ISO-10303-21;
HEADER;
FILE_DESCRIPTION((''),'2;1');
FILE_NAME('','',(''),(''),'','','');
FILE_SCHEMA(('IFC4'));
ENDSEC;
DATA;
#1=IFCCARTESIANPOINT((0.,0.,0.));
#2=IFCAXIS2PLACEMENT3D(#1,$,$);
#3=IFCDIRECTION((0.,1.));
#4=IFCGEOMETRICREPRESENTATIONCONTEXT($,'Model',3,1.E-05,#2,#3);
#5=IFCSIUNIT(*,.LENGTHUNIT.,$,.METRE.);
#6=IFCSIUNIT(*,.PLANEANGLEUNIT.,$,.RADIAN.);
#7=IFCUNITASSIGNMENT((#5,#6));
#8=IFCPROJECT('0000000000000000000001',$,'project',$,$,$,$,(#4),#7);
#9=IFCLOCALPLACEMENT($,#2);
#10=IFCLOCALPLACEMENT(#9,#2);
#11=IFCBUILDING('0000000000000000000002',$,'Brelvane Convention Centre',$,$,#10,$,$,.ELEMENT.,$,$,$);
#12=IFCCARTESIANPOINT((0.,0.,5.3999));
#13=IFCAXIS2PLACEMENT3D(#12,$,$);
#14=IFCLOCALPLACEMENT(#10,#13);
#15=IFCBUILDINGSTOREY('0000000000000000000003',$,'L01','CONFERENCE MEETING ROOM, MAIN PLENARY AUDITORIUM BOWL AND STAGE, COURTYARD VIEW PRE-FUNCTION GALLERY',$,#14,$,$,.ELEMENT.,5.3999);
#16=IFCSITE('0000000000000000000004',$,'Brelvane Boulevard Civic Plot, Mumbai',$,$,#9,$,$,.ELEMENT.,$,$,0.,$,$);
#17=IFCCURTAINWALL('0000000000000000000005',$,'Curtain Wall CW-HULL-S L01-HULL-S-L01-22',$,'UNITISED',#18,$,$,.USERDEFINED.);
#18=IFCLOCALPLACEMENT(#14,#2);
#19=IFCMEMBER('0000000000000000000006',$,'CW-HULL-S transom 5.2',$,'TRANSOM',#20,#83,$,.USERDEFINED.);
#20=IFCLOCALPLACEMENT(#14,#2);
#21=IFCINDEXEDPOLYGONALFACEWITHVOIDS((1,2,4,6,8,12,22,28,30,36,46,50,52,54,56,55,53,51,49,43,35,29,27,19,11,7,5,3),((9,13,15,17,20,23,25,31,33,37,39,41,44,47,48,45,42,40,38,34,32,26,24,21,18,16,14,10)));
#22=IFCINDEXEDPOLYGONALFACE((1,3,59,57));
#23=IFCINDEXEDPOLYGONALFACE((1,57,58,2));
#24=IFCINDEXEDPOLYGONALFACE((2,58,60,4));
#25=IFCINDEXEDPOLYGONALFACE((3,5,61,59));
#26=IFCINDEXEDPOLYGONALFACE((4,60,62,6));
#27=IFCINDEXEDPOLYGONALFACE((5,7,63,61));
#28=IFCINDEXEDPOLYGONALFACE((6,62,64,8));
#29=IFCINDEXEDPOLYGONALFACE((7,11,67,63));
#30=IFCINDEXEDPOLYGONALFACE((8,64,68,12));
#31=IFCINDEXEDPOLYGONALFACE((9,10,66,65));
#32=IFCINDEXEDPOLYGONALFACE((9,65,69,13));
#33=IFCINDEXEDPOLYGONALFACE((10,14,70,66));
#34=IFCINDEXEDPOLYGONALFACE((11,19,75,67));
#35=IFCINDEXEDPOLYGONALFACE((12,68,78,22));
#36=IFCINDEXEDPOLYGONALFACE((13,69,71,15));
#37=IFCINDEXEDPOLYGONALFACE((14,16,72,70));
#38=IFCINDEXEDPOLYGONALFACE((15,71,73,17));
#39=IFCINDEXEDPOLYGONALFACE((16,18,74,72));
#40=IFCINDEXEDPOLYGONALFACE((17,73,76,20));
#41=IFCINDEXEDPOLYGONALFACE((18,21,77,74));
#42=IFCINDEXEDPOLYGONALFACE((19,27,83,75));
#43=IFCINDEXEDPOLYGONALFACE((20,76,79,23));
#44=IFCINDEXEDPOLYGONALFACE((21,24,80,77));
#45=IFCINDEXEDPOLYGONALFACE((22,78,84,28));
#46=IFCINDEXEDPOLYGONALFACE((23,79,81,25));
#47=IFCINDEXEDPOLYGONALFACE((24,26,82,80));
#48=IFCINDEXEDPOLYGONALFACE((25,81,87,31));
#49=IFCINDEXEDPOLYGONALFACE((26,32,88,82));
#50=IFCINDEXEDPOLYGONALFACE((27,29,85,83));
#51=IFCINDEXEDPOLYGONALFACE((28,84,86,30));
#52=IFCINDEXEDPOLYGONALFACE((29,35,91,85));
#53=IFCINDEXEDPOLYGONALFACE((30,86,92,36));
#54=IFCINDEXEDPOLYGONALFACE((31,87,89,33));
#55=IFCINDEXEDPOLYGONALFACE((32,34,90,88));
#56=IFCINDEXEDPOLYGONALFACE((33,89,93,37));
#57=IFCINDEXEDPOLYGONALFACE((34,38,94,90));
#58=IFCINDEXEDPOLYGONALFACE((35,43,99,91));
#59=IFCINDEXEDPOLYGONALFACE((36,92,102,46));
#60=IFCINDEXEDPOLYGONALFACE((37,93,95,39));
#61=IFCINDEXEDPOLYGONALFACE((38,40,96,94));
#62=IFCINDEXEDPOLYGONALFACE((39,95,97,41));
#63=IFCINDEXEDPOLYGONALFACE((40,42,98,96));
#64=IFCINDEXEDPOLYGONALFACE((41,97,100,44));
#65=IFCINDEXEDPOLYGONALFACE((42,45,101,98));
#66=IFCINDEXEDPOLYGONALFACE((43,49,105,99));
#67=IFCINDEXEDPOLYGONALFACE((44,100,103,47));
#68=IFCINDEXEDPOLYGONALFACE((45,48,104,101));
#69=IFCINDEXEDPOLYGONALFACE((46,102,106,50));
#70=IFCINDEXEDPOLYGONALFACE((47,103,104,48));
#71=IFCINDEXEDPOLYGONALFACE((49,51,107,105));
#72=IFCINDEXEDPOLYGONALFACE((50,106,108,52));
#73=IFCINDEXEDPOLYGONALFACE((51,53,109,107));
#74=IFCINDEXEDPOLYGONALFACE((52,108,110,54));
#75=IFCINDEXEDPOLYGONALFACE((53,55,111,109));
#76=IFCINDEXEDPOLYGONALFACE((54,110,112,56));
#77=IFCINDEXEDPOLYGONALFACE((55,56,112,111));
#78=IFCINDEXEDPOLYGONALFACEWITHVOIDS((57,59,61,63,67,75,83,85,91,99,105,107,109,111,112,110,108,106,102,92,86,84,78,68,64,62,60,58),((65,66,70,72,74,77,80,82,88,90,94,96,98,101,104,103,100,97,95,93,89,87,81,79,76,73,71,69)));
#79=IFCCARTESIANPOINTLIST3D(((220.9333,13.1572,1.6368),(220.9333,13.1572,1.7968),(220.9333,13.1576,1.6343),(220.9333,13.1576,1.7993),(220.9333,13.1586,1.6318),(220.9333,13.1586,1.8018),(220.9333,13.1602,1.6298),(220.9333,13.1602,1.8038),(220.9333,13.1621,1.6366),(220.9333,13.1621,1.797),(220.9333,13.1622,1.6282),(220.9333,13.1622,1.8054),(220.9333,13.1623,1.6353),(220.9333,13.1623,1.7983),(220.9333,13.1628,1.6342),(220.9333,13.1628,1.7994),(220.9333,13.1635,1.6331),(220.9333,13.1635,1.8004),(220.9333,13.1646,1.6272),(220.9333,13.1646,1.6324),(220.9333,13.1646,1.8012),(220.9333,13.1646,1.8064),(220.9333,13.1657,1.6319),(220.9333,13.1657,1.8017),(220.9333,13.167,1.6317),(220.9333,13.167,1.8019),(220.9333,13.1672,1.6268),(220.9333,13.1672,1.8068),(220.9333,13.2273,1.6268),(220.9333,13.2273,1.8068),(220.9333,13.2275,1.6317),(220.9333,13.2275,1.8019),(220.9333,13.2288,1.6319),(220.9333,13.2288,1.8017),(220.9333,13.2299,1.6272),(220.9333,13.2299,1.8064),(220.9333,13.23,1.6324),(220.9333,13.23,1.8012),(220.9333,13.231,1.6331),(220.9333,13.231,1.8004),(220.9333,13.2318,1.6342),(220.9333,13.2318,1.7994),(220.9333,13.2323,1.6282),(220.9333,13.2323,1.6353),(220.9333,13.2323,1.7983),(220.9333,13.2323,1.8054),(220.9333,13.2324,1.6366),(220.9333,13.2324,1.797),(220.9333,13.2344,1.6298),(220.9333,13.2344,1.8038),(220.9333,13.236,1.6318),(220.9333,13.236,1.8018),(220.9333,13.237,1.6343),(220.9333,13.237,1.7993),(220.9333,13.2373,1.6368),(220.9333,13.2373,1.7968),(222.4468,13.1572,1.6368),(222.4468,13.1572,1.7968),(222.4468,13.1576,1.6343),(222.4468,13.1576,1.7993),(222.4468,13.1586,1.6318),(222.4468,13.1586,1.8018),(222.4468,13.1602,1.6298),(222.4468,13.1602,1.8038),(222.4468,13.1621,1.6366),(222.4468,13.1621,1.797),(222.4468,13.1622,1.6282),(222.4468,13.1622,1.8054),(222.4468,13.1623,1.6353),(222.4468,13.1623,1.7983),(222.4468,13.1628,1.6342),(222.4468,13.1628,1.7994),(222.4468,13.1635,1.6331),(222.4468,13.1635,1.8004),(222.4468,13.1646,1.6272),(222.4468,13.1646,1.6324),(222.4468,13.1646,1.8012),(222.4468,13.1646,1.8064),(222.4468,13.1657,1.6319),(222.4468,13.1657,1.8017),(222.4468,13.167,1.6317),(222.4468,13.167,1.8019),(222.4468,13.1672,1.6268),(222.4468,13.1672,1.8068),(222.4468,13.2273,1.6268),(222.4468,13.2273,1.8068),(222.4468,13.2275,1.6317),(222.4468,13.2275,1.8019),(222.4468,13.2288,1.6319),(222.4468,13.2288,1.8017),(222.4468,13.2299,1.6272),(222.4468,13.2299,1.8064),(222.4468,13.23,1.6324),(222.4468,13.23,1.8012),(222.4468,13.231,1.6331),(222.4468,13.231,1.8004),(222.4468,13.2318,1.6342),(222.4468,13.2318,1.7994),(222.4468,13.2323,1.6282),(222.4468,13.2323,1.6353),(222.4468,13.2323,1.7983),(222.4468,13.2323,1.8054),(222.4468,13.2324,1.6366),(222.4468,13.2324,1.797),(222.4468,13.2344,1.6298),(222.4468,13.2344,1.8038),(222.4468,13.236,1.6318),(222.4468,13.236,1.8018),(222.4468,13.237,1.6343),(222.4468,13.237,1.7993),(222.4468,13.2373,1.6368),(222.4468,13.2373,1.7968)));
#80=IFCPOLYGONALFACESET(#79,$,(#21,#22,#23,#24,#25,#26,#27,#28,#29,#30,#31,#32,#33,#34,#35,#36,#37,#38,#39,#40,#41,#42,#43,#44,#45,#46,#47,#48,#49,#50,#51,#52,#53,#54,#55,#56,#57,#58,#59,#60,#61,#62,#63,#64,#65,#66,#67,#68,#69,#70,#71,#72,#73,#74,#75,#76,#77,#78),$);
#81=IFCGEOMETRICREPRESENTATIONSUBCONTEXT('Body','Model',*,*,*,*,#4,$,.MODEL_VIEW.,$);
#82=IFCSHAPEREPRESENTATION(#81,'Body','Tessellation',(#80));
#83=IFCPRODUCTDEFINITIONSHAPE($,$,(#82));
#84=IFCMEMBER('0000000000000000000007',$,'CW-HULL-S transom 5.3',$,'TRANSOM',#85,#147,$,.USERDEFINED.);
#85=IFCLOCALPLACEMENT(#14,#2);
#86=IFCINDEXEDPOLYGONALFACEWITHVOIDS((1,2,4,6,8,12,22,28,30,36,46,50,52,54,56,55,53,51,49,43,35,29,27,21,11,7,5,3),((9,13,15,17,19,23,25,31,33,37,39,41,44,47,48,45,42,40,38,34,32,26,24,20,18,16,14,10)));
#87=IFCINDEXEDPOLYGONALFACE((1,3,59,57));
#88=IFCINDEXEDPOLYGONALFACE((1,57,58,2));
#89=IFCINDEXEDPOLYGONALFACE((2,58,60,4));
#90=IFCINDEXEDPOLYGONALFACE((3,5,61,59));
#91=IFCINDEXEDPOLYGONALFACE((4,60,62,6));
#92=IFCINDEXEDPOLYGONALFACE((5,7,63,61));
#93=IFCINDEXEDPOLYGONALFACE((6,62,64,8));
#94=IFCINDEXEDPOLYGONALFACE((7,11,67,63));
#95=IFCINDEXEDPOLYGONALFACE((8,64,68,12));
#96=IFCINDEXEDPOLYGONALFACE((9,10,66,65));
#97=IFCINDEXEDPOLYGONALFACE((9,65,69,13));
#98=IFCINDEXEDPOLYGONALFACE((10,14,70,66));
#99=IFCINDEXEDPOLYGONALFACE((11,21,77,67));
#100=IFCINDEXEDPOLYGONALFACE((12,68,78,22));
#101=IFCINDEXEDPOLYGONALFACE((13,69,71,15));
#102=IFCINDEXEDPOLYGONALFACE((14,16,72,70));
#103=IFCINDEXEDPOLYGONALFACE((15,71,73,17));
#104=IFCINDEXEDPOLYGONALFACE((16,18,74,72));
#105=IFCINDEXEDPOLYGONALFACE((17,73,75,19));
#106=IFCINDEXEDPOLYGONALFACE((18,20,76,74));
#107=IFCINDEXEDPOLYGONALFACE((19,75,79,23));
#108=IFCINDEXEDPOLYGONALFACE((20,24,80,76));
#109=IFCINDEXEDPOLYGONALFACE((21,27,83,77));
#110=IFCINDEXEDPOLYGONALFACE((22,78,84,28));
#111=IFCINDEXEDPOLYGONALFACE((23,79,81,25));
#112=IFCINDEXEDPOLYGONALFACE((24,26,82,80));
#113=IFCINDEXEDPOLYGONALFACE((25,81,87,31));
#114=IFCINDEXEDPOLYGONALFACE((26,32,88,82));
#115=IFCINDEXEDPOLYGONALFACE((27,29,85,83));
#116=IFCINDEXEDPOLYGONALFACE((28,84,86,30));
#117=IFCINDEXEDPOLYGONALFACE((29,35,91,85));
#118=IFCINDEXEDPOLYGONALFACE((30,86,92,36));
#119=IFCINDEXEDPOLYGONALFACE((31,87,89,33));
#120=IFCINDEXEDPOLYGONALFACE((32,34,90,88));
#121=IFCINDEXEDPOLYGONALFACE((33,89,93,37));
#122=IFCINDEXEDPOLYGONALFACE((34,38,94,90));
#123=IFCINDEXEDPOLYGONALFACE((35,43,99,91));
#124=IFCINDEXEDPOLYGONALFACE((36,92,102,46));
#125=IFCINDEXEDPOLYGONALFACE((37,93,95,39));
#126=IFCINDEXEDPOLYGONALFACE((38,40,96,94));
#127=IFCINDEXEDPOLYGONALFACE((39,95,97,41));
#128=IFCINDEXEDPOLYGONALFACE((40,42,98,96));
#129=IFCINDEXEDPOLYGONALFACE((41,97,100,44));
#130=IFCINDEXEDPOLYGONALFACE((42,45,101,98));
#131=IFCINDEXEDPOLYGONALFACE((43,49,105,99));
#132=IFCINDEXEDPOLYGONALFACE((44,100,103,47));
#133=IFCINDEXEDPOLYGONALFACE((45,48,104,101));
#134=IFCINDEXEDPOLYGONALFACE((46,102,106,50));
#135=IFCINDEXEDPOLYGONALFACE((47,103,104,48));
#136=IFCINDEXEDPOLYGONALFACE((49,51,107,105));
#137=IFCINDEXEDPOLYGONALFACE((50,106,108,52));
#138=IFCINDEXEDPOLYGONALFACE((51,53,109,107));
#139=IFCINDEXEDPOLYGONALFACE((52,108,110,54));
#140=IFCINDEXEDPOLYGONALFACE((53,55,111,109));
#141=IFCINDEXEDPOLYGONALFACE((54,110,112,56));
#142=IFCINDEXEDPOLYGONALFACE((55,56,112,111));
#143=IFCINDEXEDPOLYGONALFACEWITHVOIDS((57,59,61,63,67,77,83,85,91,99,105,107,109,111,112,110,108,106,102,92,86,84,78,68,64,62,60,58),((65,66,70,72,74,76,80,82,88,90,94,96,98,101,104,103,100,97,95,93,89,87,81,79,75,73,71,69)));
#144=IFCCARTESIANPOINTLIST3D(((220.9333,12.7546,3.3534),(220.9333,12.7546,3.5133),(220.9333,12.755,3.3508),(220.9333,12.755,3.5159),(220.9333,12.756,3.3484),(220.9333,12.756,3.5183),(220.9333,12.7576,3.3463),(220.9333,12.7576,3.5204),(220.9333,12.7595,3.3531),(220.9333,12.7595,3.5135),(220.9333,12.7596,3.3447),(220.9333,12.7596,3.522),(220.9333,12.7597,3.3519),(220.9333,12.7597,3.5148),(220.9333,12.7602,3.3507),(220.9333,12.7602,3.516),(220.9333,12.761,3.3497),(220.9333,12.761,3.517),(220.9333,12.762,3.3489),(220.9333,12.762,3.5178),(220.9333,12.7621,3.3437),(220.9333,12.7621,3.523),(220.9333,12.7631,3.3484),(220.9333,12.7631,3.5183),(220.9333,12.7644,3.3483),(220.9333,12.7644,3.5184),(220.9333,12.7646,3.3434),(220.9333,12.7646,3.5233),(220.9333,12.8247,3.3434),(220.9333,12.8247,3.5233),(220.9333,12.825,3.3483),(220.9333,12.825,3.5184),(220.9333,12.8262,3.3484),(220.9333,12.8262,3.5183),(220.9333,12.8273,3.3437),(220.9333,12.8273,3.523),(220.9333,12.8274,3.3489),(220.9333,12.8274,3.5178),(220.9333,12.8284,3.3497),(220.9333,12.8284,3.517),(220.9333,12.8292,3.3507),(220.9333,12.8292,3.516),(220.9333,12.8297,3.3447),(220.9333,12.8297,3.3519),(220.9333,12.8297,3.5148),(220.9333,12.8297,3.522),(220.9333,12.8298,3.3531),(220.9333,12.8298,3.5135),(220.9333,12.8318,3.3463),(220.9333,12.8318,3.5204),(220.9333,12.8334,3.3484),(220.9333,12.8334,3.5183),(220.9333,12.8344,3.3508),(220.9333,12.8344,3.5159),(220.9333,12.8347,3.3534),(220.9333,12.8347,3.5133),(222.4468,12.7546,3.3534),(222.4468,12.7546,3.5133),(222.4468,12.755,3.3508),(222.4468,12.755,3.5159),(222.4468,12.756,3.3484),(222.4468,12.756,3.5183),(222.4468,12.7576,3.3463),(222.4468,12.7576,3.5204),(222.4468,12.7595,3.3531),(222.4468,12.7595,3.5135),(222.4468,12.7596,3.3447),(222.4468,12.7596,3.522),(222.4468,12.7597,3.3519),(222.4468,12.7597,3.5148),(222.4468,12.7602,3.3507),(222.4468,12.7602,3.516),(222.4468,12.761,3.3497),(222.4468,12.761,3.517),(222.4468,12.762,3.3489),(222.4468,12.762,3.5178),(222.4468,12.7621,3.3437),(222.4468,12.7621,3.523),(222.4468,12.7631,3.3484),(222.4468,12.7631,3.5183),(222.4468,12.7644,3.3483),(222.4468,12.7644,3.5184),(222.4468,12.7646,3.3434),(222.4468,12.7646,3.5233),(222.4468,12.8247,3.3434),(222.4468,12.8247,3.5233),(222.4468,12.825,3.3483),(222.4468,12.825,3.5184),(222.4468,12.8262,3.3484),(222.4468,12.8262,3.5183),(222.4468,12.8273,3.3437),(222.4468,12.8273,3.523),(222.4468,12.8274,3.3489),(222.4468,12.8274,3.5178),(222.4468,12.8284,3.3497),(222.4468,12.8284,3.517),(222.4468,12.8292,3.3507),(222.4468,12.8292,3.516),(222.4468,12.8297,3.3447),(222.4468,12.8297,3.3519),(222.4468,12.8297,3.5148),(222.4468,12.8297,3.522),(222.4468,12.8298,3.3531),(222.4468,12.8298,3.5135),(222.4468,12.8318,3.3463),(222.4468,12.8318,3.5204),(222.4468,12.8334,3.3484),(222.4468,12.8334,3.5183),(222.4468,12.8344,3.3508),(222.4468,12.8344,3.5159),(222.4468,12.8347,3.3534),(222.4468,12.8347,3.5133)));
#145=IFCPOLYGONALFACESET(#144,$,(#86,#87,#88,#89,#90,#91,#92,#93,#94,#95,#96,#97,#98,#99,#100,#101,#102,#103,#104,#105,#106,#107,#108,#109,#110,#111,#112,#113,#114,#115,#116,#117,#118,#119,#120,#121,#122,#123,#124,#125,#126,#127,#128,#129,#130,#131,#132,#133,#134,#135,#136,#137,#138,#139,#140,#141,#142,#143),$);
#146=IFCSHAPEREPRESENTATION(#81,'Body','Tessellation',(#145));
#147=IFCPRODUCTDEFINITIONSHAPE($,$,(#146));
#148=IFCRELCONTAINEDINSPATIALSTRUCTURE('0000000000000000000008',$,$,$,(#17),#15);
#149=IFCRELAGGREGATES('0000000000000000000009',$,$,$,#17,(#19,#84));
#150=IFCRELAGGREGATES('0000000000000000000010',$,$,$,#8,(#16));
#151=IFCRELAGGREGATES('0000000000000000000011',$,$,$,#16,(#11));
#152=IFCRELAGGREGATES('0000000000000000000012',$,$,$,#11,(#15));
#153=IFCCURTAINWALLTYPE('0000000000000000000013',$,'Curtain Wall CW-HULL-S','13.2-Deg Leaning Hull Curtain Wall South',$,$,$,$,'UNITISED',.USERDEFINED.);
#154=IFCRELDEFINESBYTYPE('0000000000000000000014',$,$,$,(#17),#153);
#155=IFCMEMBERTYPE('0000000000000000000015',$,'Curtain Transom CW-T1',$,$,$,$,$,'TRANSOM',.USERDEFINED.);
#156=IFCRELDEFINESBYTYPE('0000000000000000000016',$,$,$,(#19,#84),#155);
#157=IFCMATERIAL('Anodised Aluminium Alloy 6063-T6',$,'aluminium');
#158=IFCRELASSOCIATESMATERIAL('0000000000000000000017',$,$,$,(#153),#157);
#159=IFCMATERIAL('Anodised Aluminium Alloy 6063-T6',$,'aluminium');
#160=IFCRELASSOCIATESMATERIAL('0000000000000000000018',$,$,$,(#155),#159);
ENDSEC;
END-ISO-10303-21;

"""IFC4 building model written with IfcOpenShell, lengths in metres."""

from ifc_helpers import new_model, si_unit, direction, frame, origin, origin_2d, place, context, subcontext, project, spatial, hollow_rectangle, extrude, material, material_profile, profile_set, type_object, element, aggregate, save


model = new_model("IFC4")

# Units and contexts
model_context = context("Model", 3, precision=1e-05, world=origin(), true_north=direction((0.0, 1.0)))
body_context = subcontext(model_context, "Body", "Model", "MODEL_VIEW")
ifc_project = project(units=[si_unit("LENGTHUNIT", "METRE"), si_unit("PLANEANGLEUNIT", "RADIAN")], contexts=[model_context])

# Site, building, storey
site_placement = place(None, origin())
site = spatial("IfcSite", under=ifc_project, at=site_placement, Name="Brelvane Boulevard Civic Plot, Mumbai", CompositionType="ELEMENT", RefElevation=0.0)
building_placement = place(site_placement, origin())
building = spatial("IfcBuilding", under=site, at=building_placement, Name="Brelvane Convention Centre", CompositionType="ELEMENT")
storey_placement = place(building_placement, frame((0.0, 0.0, 5.3999)))
storey = spatial("IfcBuildingStorey", under=building, at=storey_placement, Name="L01", Description="CONFERENCE MEETING ROOM, MAIN PLENARY AUDITORIUM BOWL AND STAGE, COURTYARD VIEW PRE-FUNCTION GALLERY", CompositionType="ELEMENT", Elevation=5.3999)

# Curtain wall
ifc_material_1 = material(Name="Anodised Aluminium Alloy 6063-T6", Category="aluminium")
curtain_wall_type_1 = type_object("IfcCurtainWallType", Name="Curtain Wall CW-HULL-S", Description="13.2-Deg Leaning Hull Curtain Wall South", ElementType="UNITISED", PredefinedType="USERDEFINED", material=ifc_material_1)
curtain_wall_1_placement = place(storey_placement, origin())
curtain_wall_1 = element("IfcCurtainWall", 1, at=curtain_wall_1_placement, inside=storey, type_object=curtain_wall_type_1, Name="Curtain Wall CW-HULL-S L01-HULL-S-L01-22", ObjectType="UNITISED", PredefinedType="USERDEFINED")

# Members
ifc_material_2 = material(Name="Anodised Aluminium Alloy 6063-T6", Category="aluminium")
ifc_material_profile_1 = material_profile(ifc_material_2, hollow_rectangle(XDim=0.0801, YDim=0.1799, WallThickness=0.0049, InnerFilletRadius=0.0049, OuterFilletRadius=0.01, at=origin_2d()), Name="ALU-T 180x80x5.0")
ifc_profile_set_1 = profile_set([ifc_material_profile_1], Name="Anodised Aluminium Alloy 6063-T6")
member_type_1 = type_object("IfcMemberType", Name="Curtain Transom CW-T1", ElementType="TRANSOM", PredefinedType="USERDEFINED", material=ifc_profile_set_1)
member_1_placement = place(storey_placement, frame((220.9333, 13.1973, 1.7168), z_axis=(1.0, 0.0, 0.0), x_axis=(0.0, 1.0, 0.0)))
member_1 = element("IfcMember", 2, at=member_1_placement, type_object=member_type_1, Name="CW-HULL-S transom 5.2", ObjectType="TRANSOM", PredefinedType="USERDEFINED", context=body_context, shape_type="SweptSolid", body=[
    extrude(hollow_rectangle(XDim=0.0801, YDim=0.1799, WallThickness=0.0049, InnerFilletRadius=0.0049, OuterFilletRadius=0.01, at=origin_2d()), origin(), (0.0, 0.0, 1.0), 1.5134),
])
member_2_placement = place(storey_placement, frame((220.9333, 12.7947, 3.4333), z_axis=(1.0, 0.0, 0.0), x_axis=(0.0, 1.0, 0.0)))
member_2 = element("IfcMember", 3, at=member_2_placement, type_object=member_type_1, Name="CW-HULL-S transom 5.3", ObjectType="TRANSOM", PredefinedType="USERDEFINED", context=body_context, shape_type="SweptSolid", body=[
    extrude(hollow_rectangle(XDim=0.0801, YDim=0.1799, WallThickness=0.0049, InnerFilletRadius=0.0049, OuterFilletRadius=0.01, at=origin_2d()), origin(), (0.0, 0.0, 1.0), 1.5134),
])

aggregate(curtain_wall_1, [member_1, member_2])

save(model, "model.ifc")
